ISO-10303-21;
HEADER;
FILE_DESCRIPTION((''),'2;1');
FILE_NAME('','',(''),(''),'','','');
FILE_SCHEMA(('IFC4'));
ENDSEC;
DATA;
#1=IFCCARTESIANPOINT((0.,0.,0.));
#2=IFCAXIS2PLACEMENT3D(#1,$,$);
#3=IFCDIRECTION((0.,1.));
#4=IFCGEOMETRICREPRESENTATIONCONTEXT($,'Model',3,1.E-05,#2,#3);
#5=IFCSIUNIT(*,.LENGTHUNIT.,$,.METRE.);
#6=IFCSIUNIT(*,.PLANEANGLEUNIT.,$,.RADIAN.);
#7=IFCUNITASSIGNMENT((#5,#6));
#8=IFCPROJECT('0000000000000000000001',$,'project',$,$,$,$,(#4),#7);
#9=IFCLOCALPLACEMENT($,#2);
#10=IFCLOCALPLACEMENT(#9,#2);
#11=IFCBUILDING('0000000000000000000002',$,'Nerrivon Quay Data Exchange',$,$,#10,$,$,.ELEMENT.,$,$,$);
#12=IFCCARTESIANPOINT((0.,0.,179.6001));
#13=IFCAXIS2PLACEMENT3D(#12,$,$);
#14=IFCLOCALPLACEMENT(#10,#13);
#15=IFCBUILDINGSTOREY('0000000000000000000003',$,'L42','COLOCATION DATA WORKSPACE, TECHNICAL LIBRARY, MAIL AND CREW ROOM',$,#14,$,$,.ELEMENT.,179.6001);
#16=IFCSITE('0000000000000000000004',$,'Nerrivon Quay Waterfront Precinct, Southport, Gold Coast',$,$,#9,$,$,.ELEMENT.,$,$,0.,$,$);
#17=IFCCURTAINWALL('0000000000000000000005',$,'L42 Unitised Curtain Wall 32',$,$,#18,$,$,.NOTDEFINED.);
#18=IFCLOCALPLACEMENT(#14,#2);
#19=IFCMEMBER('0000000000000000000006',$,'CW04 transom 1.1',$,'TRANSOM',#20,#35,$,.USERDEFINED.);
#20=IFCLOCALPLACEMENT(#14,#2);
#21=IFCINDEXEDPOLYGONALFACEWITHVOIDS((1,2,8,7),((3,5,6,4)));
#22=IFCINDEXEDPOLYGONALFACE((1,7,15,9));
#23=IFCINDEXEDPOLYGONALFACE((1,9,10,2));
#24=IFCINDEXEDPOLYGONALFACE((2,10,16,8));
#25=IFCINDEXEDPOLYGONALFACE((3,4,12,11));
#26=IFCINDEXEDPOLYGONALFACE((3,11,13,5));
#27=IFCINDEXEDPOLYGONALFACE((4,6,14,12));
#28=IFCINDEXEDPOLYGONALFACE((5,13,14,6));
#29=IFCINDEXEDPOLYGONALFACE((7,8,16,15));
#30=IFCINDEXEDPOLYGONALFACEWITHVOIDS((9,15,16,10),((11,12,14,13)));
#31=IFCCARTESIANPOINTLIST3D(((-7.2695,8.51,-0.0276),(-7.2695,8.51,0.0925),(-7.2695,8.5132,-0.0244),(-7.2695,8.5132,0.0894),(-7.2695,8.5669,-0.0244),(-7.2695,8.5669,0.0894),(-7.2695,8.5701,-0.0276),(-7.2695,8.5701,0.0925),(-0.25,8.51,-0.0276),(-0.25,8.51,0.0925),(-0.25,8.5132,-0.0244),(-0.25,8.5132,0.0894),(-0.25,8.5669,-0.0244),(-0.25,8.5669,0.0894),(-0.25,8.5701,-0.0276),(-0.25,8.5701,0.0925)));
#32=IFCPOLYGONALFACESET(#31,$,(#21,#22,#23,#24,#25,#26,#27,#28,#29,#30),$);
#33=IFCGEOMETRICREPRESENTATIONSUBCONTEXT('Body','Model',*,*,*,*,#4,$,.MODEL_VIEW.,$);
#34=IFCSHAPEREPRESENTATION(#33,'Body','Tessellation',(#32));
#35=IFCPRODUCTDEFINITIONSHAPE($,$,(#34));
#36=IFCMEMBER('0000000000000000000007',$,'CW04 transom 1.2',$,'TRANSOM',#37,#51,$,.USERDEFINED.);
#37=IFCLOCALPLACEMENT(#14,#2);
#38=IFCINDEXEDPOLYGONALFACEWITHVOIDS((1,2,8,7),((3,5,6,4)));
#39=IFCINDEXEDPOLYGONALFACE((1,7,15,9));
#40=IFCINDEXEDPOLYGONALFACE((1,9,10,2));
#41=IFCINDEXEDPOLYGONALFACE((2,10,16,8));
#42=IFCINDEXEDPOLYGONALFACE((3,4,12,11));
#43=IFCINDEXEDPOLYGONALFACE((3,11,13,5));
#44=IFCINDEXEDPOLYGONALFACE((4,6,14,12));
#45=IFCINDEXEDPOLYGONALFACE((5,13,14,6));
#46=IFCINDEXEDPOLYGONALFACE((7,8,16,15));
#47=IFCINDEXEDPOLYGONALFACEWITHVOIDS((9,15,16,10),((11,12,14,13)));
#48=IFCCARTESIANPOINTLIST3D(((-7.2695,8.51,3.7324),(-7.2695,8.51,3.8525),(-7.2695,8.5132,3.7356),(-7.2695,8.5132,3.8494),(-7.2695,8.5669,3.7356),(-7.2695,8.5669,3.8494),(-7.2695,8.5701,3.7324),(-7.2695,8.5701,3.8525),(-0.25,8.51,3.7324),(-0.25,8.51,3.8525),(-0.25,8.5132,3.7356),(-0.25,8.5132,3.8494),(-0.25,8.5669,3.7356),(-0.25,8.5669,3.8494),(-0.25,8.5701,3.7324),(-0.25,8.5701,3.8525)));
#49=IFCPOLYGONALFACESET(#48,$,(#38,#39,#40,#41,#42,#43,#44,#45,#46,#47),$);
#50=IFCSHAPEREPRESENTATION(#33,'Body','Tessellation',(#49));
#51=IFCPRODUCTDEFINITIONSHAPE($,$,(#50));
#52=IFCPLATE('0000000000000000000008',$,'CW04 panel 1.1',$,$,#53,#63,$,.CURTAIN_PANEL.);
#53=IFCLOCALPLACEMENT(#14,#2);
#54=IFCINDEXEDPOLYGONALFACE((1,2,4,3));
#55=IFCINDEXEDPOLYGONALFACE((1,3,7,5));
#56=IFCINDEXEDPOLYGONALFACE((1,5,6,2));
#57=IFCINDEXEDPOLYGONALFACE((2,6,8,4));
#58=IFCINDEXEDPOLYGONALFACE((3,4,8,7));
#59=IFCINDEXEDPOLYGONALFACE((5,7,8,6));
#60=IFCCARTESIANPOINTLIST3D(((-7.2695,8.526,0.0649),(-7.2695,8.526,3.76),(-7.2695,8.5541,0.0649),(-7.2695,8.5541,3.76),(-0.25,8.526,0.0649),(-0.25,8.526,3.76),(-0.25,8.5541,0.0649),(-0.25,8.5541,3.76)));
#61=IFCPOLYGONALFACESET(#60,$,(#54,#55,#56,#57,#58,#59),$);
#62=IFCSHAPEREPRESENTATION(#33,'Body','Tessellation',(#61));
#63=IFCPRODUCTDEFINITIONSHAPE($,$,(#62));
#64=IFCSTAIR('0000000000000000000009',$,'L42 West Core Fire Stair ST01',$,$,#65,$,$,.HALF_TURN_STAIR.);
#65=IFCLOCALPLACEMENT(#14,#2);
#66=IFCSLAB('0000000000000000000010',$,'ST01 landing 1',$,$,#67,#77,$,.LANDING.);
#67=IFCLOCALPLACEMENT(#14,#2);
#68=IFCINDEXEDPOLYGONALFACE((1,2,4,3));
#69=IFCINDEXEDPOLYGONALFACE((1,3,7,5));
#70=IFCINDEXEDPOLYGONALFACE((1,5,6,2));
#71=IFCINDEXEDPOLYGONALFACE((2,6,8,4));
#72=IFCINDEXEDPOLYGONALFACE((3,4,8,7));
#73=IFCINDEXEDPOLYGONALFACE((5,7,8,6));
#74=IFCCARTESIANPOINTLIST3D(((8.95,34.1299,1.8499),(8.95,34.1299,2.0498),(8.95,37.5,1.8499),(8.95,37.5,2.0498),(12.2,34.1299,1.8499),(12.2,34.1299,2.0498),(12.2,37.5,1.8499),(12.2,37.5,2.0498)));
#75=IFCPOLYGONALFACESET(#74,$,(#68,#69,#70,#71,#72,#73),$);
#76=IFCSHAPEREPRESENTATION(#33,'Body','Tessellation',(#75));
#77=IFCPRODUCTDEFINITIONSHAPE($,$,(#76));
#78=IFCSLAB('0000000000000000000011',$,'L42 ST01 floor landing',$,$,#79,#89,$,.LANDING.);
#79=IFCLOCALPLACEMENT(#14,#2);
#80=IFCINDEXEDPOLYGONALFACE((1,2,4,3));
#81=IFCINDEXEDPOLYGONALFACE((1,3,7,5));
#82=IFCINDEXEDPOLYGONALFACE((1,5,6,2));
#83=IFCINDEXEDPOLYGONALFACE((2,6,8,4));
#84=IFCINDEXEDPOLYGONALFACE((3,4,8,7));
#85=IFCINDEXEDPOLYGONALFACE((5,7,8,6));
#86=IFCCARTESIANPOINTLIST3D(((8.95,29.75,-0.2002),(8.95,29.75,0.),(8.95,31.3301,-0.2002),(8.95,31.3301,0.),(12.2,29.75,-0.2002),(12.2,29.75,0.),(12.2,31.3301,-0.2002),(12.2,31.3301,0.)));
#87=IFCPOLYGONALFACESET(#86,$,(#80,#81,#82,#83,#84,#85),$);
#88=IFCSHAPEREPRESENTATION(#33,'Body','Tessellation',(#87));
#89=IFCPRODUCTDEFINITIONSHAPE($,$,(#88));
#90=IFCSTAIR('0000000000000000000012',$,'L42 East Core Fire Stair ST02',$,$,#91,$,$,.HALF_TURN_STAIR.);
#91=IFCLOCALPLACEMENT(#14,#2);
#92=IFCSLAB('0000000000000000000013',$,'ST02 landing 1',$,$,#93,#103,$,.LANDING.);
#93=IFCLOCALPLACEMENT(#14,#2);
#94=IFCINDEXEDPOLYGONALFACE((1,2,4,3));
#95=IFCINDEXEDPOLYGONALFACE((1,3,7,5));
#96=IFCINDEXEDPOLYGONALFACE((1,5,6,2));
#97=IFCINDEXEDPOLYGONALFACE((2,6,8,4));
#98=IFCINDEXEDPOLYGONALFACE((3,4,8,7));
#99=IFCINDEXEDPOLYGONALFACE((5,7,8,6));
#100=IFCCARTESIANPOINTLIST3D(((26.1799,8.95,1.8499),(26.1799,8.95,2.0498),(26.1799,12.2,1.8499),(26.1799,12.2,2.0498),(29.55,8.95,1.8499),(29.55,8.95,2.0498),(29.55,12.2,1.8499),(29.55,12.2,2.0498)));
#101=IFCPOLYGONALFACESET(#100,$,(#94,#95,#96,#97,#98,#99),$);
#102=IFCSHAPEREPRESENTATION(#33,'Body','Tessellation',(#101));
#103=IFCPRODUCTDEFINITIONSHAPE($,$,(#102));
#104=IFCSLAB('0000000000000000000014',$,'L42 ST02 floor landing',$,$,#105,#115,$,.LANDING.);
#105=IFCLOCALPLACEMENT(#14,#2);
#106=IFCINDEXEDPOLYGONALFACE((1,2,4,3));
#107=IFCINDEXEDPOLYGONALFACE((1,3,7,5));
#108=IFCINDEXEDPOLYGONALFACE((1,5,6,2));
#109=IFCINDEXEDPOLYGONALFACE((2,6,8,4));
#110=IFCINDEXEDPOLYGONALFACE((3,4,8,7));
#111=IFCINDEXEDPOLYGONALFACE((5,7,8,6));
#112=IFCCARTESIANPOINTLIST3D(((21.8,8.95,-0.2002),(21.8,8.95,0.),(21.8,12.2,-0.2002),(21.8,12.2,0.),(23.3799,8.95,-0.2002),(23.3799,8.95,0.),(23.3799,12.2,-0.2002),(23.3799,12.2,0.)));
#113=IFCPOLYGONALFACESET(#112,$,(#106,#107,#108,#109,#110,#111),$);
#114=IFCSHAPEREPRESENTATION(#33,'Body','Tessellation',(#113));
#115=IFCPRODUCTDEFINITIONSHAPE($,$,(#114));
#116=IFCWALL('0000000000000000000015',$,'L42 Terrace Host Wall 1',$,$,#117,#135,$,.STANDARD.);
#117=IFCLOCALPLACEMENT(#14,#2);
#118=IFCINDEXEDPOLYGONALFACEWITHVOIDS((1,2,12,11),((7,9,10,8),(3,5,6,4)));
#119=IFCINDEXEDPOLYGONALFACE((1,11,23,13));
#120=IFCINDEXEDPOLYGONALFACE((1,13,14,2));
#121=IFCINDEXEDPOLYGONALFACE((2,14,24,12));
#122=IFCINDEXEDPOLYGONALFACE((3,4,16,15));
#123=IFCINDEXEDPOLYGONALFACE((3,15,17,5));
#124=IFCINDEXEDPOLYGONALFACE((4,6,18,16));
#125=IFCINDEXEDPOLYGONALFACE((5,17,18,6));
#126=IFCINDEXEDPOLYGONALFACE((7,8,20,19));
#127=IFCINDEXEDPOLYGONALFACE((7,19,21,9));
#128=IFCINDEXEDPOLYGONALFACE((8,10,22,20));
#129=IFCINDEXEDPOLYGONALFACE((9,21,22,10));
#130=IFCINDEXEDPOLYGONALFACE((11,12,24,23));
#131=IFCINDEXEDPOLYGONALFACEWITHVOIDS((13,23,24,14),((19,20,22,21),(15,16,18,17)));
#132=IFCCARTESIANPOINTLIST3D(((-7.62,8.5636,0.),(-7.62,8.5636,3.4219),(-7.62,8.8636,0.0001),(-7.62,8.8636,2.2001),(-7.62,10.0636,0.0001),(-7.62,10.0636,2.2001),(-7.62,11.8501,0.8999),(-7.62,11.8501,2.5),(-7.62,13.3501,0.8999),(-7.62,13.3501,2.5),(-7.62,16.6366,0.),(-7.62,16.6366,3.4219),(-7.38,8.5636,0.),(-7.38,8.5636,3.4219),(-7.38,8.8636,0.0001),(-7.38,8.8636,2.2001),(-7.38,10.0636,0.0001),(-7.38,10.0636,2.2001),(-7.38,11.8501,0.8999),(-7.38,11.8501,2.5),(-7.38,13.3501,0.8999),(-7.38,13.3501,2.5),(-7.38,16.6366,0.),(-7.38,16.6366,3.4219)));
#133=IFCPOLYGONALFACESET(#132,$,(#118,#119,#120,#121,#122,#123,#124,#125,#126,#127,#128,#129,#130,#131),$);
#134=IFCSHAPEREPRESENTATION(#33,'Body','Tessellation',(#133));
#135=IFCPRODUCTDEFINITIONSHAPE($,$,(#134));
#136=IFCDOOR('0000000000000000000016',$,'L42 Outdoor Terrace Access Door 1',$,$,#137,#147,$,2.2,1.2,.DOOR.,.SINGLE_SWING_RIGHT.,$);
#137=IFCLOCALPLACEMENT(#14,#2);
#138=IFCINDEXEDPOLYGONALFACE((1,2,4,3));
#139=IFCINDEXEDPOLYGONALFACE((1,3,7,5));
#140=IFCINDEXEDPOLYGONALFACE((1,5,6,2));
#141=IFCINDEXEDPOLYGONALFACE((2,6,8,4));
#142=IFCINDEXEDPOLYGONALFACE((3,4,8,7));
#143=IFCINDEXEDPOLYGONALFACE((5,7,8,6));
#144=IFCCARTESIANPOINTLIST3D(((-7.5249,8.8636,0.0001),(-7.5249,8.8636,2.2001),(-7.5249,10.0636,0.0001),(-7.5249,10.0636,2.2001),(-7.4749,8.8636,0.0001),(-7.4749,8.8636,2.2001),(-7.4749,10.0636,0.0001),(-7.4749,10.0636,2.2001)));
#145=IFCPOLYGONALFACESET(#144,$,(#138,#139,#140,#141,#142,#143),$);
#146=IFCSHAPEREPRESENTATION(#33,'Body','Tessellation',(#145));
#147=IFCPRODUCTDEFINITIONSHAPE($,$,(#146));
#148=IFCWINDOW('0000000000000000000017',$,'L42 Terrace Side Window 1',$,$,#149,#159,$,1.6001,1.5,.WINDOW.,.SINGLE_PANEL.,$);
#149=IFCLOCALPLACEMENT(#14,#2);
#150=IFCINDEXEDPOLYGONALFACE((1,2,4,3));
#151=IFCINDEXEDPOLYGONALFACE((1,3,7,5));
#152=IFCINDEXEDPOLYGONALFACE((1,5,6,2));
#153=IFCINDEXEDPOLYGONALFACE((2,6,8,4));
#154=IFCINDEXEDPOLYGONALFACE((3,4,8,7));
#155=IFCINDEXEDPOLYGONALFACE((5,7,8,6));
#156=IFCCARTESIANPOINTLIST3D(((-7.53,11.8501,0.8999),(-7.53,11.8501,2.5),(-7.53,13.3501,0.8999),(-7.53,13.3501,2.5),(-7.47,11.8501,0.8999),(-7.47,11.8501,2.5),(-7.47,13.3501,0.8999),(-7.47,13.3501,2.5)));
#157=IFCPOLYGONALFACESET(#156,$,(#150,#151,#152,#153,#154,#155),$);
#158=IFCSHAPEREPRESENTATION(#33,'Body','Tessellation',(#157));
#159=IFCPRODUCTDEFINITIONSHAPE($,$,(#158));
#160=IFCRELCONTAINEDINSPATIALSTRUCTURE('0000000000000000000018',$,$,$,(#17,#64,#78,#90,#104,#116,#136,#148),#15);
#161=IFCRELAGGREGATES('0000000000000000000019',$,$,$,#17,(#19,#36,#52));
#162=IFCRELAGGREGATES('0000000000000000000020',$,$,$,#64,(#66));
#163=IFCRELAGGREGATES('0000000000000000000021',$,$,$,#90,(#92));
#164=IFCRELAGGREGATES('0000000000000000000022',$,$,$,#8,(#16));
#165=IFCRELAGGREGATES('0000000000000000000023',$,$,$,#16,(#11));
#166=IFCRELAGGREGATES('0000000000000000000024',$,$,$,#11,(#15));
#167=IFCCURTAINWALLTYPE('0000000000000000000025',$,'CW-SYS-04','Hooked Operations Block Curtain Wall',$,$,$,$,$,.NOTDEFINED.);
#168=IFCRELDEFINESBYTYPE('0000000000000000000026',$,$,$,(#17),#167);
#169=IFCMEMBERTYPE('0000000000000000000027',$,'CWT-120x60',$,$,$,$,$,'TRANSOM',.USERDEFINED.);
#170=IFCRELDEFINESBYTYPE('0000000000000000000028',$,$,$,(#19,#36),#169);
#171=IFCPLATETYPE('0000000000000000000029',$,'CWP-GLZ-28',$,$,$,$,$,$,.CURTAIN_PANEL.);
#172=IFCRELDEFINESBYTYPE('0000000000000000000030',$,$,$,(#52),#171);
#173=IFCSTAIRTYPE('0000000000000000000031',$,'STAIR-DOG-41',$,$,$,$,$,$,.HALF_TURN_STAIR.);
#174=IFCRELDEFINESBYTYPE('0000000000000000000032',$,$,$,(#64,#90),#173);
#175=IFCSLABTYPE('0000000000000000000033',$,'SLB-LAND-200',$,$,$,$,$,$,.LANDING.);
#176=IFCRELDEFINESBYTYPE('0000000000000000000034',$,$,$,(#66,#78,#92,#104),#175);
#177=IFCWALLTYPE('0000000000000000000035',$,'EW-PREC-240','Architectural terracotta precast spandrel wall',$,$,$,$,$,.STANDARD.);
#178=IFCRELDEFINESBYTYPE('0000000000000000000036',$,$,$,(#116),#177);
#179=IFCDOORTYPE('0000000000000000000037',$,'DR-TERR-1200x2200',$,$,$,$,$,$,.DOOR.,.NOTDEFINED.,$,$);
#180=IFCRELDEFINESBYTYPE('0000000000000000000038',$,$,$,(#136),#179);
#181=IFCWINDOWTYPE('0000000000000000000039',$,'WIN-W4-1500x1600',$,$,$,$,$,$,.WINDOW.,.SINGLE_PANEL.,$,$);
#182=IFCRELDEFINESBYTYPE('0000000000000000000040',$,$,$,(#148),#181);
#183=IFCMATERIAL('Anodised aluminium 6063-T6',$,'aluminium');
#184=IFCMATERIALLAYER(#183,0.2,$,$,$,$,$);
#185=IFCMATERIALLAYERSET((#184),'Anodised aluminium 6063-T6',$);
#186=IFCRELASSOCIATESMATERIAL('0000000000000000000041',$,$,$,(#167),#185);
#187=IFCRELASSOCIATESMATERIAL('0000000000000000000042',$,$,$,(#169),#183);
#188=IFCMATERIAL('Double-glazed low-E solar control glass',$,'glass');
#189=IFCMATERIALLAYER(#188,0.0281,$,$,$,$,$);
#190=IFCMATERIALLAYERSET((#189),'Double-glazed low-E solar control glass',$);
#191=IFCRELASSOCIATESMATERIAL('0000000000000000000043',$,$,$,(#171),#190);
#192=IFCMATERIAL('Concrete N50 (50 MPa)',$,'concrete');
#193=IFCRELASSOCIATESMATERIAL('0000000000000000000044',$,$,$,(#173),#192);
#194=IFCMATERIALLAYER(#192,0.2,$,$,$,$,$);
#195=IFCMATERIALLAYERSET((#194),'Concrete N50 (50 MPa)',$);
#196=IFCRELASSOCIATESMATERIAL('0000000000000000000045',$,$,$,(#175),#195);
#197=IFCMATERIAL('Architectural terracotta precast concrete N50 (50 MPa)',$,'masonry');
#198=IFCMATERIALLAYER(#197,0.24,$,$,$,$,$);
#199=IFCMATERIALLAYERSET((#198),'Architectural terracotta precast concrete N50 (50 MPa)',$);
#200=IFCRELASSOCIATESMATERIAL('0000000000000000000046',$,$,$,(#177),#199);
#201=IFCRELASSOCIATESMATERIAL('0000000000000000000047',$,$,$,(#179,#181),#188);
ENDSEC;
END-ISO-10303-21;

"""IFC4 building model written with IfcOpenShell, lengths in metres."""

from ifc_helpers import new_model, si_unit, direction, frame, frame_2d, origin, origin_2d, place, context, subcontext, project, spatial, polyline, rectangle, hollow_rectangle, outline, extrude, material, layer, layer_set, material_profile, profile_set, type_object, element, fill, aggregate, save


model = new_model("IFC4")

# Units and contexts
model_context = context("Model", 3, precision=1e-05, world=origin(), true_north=direction((0.0, 1.0)))
body_context = subcontext(model_context, "Body", "Model", "MODEL_VIEW")
ifc_project = project(units=[si_unit("LENGTHUNIT", "METRE"), si_unit("PLANEANGLEUNIT", "RADIAN")], contexts=[model_context])

# Site, building, storey
site_placement = place(None, origin())
site = spatial("IfcSite", under=ifc_project, at=site_placement, Name="Nerrivon Quay Waterfront Precinct, Southport, Gold Coast", CompositionType="ELEMENT", RefElevation=0.0)
building_placement = place(site_placement, origin())
building = spatial("IfcBuilding", under=site, at=building_placement, Name="Nerrivon Quay Data Exchange", CompositionType="ELEMENT")
storey_placement = place(building_placement, frame((0.0, 0.0, 179.6001)))
storey = spatial("IfcBuildingStorey", under=building, at=storey_placement, Name="L42", Description="COLOCATION DATA WORKSPACE, TECHNICAL LIBRARY, MAIL AND CREW ROOM", CompositionType="ELEMENT", Elevation=179.6001)

# Curtain wall, members, plate
ifc_material_1 = material(Name="Anodised aluminium 6063-T6", Category="aluminium")
ifc_layer_1 = layer(ifc_material_1, 0.2)
ifc_layer_set_1 = layer_set([ifc_layer_1], Name="Anodised aluminium 6063-T6")
curtain_wall_type = type_object("IfcCurtainWallType", Name="CW-SYS-04", Description="Hooked Operations Block Curtain Wall", PredefinedType="NOTDEFINED", material=ifc_layer_set_1)
curtain_wall_placement = place(storey_placement, origin())
curtain_wall = element("IfcCurtainWall", 1, at=curtain_wall_placement, inside=storey, type_object=curtain_wall_type, Name="L42 Unitised Curtain Wall 32", PredefinedType="NOTDEFINED")
ifc_material_profile_1 = material_profile(ifc_material_1, hollow_rectangle(XDim=0.0601, YDim=0.1201, WallThickness=0.0032, at=origin_2d()), Name="ALU-TRAN-120x60")
ifc_profile_set_1 = profile_set([ifc_material_profile_1], Name="Anodised aluminium 6063-T6")
member_type_1 = type_object("IfcMemberType", Name="CWT-120x60", ElementType="TRANSOM", PredefinedType="USERDEFINED", material=ifc_profile_set_1)
member_1_placement = place(storey_placement, frame((-0.25, 8.54, 0.0325), z_axis=(-1.0, 0.0, 0.0), x_axis=(0.0, -1.0, 0.0)))
member_1 = element("IfcMember", 2, at=member_1_placement, type_object=member_type_1, Name="CW04 transom 1.1", ObjectType="TRANSOM", PredefinedType="USERDEFINED", context=body_context, shape_type="SweptSolid", body=[
    extrude(hollow_rectangle(XDim=0.0601, YDim=0.1201, WallThickness=0.0032, at=origin_2d()), origin(), (0.0, 0.0, 1.0), 7.0195),
])
member_2_placement = place(storey_placement, frame((-0.25, 8.54, 3.7925), z_axis=(-1.0, 0.0, 0.0), x_axis=(0.0, -1.0, 0.0)))
member_2 = element("IfcMember", 3, at=member_2_placement, type_object=member_type_1, Name="CW04 transom 1.2", ObjectType="TRANSOM", PredefinedType="USERDEFINED", context=body_context, shape_type="SweptSolid", body=[
    extrude(hollow_rectangle(XDim=0.0601, YDim=0.1201, WallThickness=0.0032, at=origin_2d()), origin(), (0.0, 0.0, 1.0), 7.0195),
])
ifc_material_2 = material(Name="Double-glazed low-E solar control glass", Category="glass")
ifc_layer_2 = layer(ifc_material_2, 0.0281)
ifc_layer_set_2 = layer_set([ifc_layer_2], Name="Double-glazed low-E solar control glass")
plate_type = type_object("IfcPlateType", Name="CWP-GLZ-28", PredefinedType="CURTAIN_PANEL", material=ifc_layer_set_2)
plate_placement = place(storey_placement, frame((-3.7598, 8.54, 0.0649), z_axis=(0.0, 0.0, 1.0), x_axis=(-1.0, 0.0, 0.0)))
plate = element("IfcPlate", 4, at=plate_placement, type_object=plate_type, Name="CW04 panel 1.1", PredefinedType="CURTAIN_PANEL", context=body_context, shape_type="SweptSolid", body=[
    extrude(rectangle(XDim=7.0195, YDim=0.0281, at=origin_2d()), origin(), (0.0, 0.0, 1.0), 3.6951),
])
aggregate(curtain_wall, [member_1, member_2, plate])

# Stair, slab
ifc_material_3 = material(Name="Concrete N50 (50 MPa)", Category="concrete")
stair_type = type_object("IfcStairType", Name="STAIR-DOG-41", PredefinedType="HALF_TURN_STAIR", material=ifc_material_3)
stair_1_placement = place(storey_placement, origin())
stair_1 = element("IfcStair", 5, at=stair_1_placement, inside=storey, type_object=stair_type, Name="L42 West Core Fire Stair ST01", PredefinedType="HALF_TURN_STAIR")
ifc_layer_3 = layer(ifc_material_3, 0.2)
ifc_layer_set_3 = layer_set([ifc_layer_3], Name="Concrete N50 (50 MPa)")
slab_type = type_object("IfcSlabType", Name="SLB-LAND-200", PredefinedType="LANDING", material=ifc_layer_set_3)
slab_1_placement = place(storey_placement, frame((0.0, 0.0, 1.8499)))
slab_1 = element("IfcSlab", 6, at=slab_1_placement, type_object=slab_type, Name="ST01 landing 1", PredefinedType="LANDING", context=body_context, shape_type="SweptSolid", body=[
    extrude(outline(polyline([(12.2, 34.1299), (12.2, 37.5), (8.95, 37.5), (8.95, 34.1299), (12.2, 34.1299)])), origin(), (0.0, 0.0, 1.0), 0.2),
])
aggregate(stair_1, [slab_1])

# Slab
slab_2_placement = place(storey_placement, frame((0.0, 0.0, -0.2002)))
element("IfcSlab", 7, at=slab_2_placement, inside=storey, type_object=slab_type, Name="L42 ST01 floor landing", PredefinedType="LANDING", context=body_context, shape_type="SweptSolid", body=[
    extrude(outline(polyline([(12.2, 29.75), (12.2, 31.3301), (8.95, 31.3301), (8.95, 29.75), (12.2, 29.75)])), origin(), (0.0, 0.0, 1.0), 0.2002),
])

# Stair, slab
stair_2_placement = place(storey_placement, origin())
stair_2 = element("IfcStair", 8, at=stair_2_placement, inside=storey, type_object=stair_type, Name="L42 East Core Fire Stair ST02", PredefinedType="HALF_TURN_STAIR")
slab_3_placement = place(storey_placement, frame((0.0, 0.0, 1.8499)))
slab_3 = element("IfcSlab", 9, at=slab_3_placement, type_object=slab_type, Name="ST02 landing 1", PredefinedType="LANDING", context=body_context, shape_type="SweptSolid", body=[
    extrude(outline(polyline([(26.1799, 8.95), (29.55, 8.95), (29.55, 12.2), (26.1799, 12.2), (26.1799, 8.95)])), origin(), (0.0, 0.0, 1.0), 0.2),
])
aggregate(stair_2, [slab_3])

# Slab
slab_4_placement = place(storey_placement, frame((0.0, 0.0, -0.2002)))
element("IfcSlab", 10, at=slab_4_placement, inside=storey, type_object=slab_type, Name="L42 ST02 floor landing", PredefinedType="LANDING", context=body_context, shape_type="SweptSolid", body=[
    extrude(outline(polyline([(21.8, 8.95), (23.3799, 8.95), (23.3799, 12.2), (21.8, 12.2), (21.8, 8.95)])), origin(), (0.0, 0.0, 1.0), 0.2002),
])

# Wall, openings, door, window
ifc_material_4 = material(Name="Architectural terracotta precast concrete N50 (50 MPa)", Category="masonry")
ifc_layer_4 = layer(ifc_material_4, 0.24)
ifc_layer_set_4 = layer_set([ifc_layer_4], Name="Architectural terracotta precast concrete N50 (50 MPa)")
wall_type_1 = type_object("IfcWallType", Name="EW-PREC-240", Description="Architectural terracotta precast spandrel wall", PredefinedType="STANDARD", material=ifc_layer_set_4)
wall_1_placement = place(storey_placement, frame((-7.5, 8.5635, 0.0), z_axis=(0.0, 0.0, 1.0), x_axis=(0.0, 1.0, 0.0)))
wall_1 = element("IfcWall", 11, at=wall_1_placement, inside=storey, type_object=wall_type_1, Name="L42 Terrace Host Wall 1", PredefinedType="STANDARD", context=body_context, shape_type="SweptSolid", body=[
    extrude(rectangle(XDim=8.073, YDim=0.24, at=frame_2d((4.0366, 0.0))), origin(), (0.0, 0.0, 1.0), 3.4219),
])
opening_1_placement = place(wall_1_placement, frame((0.3, 0.0, 0.0)))
opening_1 = element("IfcOpeningElement", 12, at=opening_1_placement, cuts=wall_1, PredefinedType="OPENING", context=body_context, shape_type="SweptSolid", body=[
    extrude(rectangle(XDim=1.2, YDim=2.2, at=frame_2d((0.6001, 1.1001))), frame((0.0, 0.1299, 0.0), z_axis=(0.0, -1.0, 0.0), x_axis=(1.0, 0.0, 0.0)), (0.0, 0.0, 1.0), 0.26),
])
opening_2_placement = place(wall_1_placement, frame((3.2866, 0.0, 0.8999)))
opening_2 = element("IfcOpeningElement", 13, at=opening_2_placement, cuts=wall_1, PredefinedType="OPENING", context=body_context, shape_type="SweptSolid", body=[
    extrude(rectangle(XDim=1.5, YDim=1.6001, at=frame_2d((0.75, 0.8))), frame((0.0, 0.1299, 0.0), z_axis=(0.0, -1.0, 0.0), x_axis=(1.0, 0.0, 0.0)), (0.0, 0.0, 1.0), 0.26),
])
door_type = type_object("IfcDoorType", Name="DR-TERR-1200x2200", OperationType="NOTDEFINED", PredefinedType="DOOR", material=ifc_material_2)
door_1_placement = place(opening_1_placement, origin())
door_1 = element("IfcDoor", 14, at=door_1_placement, inside=storey, type_object=door_type, Name="L42 Outdoor Terrace Access Door 1", OperationType="SINGLE_SWING_RIGHT", OverallHeight=2.2, OverallWidth=1.2, PredefinedType="DOOR", context=body_context, shape_type="SweptSolid", body=[
    extrude(rectangle(XDim=1.2, YDim=2.2, at=frame_2d((0.6001, 1.1001))), frame((0.0, 0.0249, 0.0), z_axis=(0.0, -1.0, 0.0), x_axis=(1.0, 0.0, 0.0)), (0.0, 0.0, 1.0), 0.05),
])
fill(opening_1, door_1)
window_type_1 = type_object("IfcWindowType", Name="WIN-W4-1500x1600", PartitioningType="SINGLE_PANEL", PredefinedType="WINDOW", material=ifc_material_2)
window_1_placement = place(opening_2_placement, origin())
window_1 = element("IfcWindow", 15, at=window_1_placement, inside=storey, type_object=window_type_1, Name="L42 Terrace Side Window 1", OverallHeight=1.6001, OverallWidth=1.5, PartitioningType="SINGLE_PANEL", PredefinedType="WINDOW", context=body_context, shape_type="SweptSolid", body=[
    extrude(rectangle(XDim=1.5, YDim=1.6001, at=frame_2d((0.75, 0.8))), frame((0.0, 0.03, 0.0), z_axis=(0.0, -1.0, 0.0), x_axis=(1.0, 0.0, 0.0)), (0.0, 0.0, 1.0), 0.0601),
])
fill(opening_2, window_1)

save(model, "model.ifc")
